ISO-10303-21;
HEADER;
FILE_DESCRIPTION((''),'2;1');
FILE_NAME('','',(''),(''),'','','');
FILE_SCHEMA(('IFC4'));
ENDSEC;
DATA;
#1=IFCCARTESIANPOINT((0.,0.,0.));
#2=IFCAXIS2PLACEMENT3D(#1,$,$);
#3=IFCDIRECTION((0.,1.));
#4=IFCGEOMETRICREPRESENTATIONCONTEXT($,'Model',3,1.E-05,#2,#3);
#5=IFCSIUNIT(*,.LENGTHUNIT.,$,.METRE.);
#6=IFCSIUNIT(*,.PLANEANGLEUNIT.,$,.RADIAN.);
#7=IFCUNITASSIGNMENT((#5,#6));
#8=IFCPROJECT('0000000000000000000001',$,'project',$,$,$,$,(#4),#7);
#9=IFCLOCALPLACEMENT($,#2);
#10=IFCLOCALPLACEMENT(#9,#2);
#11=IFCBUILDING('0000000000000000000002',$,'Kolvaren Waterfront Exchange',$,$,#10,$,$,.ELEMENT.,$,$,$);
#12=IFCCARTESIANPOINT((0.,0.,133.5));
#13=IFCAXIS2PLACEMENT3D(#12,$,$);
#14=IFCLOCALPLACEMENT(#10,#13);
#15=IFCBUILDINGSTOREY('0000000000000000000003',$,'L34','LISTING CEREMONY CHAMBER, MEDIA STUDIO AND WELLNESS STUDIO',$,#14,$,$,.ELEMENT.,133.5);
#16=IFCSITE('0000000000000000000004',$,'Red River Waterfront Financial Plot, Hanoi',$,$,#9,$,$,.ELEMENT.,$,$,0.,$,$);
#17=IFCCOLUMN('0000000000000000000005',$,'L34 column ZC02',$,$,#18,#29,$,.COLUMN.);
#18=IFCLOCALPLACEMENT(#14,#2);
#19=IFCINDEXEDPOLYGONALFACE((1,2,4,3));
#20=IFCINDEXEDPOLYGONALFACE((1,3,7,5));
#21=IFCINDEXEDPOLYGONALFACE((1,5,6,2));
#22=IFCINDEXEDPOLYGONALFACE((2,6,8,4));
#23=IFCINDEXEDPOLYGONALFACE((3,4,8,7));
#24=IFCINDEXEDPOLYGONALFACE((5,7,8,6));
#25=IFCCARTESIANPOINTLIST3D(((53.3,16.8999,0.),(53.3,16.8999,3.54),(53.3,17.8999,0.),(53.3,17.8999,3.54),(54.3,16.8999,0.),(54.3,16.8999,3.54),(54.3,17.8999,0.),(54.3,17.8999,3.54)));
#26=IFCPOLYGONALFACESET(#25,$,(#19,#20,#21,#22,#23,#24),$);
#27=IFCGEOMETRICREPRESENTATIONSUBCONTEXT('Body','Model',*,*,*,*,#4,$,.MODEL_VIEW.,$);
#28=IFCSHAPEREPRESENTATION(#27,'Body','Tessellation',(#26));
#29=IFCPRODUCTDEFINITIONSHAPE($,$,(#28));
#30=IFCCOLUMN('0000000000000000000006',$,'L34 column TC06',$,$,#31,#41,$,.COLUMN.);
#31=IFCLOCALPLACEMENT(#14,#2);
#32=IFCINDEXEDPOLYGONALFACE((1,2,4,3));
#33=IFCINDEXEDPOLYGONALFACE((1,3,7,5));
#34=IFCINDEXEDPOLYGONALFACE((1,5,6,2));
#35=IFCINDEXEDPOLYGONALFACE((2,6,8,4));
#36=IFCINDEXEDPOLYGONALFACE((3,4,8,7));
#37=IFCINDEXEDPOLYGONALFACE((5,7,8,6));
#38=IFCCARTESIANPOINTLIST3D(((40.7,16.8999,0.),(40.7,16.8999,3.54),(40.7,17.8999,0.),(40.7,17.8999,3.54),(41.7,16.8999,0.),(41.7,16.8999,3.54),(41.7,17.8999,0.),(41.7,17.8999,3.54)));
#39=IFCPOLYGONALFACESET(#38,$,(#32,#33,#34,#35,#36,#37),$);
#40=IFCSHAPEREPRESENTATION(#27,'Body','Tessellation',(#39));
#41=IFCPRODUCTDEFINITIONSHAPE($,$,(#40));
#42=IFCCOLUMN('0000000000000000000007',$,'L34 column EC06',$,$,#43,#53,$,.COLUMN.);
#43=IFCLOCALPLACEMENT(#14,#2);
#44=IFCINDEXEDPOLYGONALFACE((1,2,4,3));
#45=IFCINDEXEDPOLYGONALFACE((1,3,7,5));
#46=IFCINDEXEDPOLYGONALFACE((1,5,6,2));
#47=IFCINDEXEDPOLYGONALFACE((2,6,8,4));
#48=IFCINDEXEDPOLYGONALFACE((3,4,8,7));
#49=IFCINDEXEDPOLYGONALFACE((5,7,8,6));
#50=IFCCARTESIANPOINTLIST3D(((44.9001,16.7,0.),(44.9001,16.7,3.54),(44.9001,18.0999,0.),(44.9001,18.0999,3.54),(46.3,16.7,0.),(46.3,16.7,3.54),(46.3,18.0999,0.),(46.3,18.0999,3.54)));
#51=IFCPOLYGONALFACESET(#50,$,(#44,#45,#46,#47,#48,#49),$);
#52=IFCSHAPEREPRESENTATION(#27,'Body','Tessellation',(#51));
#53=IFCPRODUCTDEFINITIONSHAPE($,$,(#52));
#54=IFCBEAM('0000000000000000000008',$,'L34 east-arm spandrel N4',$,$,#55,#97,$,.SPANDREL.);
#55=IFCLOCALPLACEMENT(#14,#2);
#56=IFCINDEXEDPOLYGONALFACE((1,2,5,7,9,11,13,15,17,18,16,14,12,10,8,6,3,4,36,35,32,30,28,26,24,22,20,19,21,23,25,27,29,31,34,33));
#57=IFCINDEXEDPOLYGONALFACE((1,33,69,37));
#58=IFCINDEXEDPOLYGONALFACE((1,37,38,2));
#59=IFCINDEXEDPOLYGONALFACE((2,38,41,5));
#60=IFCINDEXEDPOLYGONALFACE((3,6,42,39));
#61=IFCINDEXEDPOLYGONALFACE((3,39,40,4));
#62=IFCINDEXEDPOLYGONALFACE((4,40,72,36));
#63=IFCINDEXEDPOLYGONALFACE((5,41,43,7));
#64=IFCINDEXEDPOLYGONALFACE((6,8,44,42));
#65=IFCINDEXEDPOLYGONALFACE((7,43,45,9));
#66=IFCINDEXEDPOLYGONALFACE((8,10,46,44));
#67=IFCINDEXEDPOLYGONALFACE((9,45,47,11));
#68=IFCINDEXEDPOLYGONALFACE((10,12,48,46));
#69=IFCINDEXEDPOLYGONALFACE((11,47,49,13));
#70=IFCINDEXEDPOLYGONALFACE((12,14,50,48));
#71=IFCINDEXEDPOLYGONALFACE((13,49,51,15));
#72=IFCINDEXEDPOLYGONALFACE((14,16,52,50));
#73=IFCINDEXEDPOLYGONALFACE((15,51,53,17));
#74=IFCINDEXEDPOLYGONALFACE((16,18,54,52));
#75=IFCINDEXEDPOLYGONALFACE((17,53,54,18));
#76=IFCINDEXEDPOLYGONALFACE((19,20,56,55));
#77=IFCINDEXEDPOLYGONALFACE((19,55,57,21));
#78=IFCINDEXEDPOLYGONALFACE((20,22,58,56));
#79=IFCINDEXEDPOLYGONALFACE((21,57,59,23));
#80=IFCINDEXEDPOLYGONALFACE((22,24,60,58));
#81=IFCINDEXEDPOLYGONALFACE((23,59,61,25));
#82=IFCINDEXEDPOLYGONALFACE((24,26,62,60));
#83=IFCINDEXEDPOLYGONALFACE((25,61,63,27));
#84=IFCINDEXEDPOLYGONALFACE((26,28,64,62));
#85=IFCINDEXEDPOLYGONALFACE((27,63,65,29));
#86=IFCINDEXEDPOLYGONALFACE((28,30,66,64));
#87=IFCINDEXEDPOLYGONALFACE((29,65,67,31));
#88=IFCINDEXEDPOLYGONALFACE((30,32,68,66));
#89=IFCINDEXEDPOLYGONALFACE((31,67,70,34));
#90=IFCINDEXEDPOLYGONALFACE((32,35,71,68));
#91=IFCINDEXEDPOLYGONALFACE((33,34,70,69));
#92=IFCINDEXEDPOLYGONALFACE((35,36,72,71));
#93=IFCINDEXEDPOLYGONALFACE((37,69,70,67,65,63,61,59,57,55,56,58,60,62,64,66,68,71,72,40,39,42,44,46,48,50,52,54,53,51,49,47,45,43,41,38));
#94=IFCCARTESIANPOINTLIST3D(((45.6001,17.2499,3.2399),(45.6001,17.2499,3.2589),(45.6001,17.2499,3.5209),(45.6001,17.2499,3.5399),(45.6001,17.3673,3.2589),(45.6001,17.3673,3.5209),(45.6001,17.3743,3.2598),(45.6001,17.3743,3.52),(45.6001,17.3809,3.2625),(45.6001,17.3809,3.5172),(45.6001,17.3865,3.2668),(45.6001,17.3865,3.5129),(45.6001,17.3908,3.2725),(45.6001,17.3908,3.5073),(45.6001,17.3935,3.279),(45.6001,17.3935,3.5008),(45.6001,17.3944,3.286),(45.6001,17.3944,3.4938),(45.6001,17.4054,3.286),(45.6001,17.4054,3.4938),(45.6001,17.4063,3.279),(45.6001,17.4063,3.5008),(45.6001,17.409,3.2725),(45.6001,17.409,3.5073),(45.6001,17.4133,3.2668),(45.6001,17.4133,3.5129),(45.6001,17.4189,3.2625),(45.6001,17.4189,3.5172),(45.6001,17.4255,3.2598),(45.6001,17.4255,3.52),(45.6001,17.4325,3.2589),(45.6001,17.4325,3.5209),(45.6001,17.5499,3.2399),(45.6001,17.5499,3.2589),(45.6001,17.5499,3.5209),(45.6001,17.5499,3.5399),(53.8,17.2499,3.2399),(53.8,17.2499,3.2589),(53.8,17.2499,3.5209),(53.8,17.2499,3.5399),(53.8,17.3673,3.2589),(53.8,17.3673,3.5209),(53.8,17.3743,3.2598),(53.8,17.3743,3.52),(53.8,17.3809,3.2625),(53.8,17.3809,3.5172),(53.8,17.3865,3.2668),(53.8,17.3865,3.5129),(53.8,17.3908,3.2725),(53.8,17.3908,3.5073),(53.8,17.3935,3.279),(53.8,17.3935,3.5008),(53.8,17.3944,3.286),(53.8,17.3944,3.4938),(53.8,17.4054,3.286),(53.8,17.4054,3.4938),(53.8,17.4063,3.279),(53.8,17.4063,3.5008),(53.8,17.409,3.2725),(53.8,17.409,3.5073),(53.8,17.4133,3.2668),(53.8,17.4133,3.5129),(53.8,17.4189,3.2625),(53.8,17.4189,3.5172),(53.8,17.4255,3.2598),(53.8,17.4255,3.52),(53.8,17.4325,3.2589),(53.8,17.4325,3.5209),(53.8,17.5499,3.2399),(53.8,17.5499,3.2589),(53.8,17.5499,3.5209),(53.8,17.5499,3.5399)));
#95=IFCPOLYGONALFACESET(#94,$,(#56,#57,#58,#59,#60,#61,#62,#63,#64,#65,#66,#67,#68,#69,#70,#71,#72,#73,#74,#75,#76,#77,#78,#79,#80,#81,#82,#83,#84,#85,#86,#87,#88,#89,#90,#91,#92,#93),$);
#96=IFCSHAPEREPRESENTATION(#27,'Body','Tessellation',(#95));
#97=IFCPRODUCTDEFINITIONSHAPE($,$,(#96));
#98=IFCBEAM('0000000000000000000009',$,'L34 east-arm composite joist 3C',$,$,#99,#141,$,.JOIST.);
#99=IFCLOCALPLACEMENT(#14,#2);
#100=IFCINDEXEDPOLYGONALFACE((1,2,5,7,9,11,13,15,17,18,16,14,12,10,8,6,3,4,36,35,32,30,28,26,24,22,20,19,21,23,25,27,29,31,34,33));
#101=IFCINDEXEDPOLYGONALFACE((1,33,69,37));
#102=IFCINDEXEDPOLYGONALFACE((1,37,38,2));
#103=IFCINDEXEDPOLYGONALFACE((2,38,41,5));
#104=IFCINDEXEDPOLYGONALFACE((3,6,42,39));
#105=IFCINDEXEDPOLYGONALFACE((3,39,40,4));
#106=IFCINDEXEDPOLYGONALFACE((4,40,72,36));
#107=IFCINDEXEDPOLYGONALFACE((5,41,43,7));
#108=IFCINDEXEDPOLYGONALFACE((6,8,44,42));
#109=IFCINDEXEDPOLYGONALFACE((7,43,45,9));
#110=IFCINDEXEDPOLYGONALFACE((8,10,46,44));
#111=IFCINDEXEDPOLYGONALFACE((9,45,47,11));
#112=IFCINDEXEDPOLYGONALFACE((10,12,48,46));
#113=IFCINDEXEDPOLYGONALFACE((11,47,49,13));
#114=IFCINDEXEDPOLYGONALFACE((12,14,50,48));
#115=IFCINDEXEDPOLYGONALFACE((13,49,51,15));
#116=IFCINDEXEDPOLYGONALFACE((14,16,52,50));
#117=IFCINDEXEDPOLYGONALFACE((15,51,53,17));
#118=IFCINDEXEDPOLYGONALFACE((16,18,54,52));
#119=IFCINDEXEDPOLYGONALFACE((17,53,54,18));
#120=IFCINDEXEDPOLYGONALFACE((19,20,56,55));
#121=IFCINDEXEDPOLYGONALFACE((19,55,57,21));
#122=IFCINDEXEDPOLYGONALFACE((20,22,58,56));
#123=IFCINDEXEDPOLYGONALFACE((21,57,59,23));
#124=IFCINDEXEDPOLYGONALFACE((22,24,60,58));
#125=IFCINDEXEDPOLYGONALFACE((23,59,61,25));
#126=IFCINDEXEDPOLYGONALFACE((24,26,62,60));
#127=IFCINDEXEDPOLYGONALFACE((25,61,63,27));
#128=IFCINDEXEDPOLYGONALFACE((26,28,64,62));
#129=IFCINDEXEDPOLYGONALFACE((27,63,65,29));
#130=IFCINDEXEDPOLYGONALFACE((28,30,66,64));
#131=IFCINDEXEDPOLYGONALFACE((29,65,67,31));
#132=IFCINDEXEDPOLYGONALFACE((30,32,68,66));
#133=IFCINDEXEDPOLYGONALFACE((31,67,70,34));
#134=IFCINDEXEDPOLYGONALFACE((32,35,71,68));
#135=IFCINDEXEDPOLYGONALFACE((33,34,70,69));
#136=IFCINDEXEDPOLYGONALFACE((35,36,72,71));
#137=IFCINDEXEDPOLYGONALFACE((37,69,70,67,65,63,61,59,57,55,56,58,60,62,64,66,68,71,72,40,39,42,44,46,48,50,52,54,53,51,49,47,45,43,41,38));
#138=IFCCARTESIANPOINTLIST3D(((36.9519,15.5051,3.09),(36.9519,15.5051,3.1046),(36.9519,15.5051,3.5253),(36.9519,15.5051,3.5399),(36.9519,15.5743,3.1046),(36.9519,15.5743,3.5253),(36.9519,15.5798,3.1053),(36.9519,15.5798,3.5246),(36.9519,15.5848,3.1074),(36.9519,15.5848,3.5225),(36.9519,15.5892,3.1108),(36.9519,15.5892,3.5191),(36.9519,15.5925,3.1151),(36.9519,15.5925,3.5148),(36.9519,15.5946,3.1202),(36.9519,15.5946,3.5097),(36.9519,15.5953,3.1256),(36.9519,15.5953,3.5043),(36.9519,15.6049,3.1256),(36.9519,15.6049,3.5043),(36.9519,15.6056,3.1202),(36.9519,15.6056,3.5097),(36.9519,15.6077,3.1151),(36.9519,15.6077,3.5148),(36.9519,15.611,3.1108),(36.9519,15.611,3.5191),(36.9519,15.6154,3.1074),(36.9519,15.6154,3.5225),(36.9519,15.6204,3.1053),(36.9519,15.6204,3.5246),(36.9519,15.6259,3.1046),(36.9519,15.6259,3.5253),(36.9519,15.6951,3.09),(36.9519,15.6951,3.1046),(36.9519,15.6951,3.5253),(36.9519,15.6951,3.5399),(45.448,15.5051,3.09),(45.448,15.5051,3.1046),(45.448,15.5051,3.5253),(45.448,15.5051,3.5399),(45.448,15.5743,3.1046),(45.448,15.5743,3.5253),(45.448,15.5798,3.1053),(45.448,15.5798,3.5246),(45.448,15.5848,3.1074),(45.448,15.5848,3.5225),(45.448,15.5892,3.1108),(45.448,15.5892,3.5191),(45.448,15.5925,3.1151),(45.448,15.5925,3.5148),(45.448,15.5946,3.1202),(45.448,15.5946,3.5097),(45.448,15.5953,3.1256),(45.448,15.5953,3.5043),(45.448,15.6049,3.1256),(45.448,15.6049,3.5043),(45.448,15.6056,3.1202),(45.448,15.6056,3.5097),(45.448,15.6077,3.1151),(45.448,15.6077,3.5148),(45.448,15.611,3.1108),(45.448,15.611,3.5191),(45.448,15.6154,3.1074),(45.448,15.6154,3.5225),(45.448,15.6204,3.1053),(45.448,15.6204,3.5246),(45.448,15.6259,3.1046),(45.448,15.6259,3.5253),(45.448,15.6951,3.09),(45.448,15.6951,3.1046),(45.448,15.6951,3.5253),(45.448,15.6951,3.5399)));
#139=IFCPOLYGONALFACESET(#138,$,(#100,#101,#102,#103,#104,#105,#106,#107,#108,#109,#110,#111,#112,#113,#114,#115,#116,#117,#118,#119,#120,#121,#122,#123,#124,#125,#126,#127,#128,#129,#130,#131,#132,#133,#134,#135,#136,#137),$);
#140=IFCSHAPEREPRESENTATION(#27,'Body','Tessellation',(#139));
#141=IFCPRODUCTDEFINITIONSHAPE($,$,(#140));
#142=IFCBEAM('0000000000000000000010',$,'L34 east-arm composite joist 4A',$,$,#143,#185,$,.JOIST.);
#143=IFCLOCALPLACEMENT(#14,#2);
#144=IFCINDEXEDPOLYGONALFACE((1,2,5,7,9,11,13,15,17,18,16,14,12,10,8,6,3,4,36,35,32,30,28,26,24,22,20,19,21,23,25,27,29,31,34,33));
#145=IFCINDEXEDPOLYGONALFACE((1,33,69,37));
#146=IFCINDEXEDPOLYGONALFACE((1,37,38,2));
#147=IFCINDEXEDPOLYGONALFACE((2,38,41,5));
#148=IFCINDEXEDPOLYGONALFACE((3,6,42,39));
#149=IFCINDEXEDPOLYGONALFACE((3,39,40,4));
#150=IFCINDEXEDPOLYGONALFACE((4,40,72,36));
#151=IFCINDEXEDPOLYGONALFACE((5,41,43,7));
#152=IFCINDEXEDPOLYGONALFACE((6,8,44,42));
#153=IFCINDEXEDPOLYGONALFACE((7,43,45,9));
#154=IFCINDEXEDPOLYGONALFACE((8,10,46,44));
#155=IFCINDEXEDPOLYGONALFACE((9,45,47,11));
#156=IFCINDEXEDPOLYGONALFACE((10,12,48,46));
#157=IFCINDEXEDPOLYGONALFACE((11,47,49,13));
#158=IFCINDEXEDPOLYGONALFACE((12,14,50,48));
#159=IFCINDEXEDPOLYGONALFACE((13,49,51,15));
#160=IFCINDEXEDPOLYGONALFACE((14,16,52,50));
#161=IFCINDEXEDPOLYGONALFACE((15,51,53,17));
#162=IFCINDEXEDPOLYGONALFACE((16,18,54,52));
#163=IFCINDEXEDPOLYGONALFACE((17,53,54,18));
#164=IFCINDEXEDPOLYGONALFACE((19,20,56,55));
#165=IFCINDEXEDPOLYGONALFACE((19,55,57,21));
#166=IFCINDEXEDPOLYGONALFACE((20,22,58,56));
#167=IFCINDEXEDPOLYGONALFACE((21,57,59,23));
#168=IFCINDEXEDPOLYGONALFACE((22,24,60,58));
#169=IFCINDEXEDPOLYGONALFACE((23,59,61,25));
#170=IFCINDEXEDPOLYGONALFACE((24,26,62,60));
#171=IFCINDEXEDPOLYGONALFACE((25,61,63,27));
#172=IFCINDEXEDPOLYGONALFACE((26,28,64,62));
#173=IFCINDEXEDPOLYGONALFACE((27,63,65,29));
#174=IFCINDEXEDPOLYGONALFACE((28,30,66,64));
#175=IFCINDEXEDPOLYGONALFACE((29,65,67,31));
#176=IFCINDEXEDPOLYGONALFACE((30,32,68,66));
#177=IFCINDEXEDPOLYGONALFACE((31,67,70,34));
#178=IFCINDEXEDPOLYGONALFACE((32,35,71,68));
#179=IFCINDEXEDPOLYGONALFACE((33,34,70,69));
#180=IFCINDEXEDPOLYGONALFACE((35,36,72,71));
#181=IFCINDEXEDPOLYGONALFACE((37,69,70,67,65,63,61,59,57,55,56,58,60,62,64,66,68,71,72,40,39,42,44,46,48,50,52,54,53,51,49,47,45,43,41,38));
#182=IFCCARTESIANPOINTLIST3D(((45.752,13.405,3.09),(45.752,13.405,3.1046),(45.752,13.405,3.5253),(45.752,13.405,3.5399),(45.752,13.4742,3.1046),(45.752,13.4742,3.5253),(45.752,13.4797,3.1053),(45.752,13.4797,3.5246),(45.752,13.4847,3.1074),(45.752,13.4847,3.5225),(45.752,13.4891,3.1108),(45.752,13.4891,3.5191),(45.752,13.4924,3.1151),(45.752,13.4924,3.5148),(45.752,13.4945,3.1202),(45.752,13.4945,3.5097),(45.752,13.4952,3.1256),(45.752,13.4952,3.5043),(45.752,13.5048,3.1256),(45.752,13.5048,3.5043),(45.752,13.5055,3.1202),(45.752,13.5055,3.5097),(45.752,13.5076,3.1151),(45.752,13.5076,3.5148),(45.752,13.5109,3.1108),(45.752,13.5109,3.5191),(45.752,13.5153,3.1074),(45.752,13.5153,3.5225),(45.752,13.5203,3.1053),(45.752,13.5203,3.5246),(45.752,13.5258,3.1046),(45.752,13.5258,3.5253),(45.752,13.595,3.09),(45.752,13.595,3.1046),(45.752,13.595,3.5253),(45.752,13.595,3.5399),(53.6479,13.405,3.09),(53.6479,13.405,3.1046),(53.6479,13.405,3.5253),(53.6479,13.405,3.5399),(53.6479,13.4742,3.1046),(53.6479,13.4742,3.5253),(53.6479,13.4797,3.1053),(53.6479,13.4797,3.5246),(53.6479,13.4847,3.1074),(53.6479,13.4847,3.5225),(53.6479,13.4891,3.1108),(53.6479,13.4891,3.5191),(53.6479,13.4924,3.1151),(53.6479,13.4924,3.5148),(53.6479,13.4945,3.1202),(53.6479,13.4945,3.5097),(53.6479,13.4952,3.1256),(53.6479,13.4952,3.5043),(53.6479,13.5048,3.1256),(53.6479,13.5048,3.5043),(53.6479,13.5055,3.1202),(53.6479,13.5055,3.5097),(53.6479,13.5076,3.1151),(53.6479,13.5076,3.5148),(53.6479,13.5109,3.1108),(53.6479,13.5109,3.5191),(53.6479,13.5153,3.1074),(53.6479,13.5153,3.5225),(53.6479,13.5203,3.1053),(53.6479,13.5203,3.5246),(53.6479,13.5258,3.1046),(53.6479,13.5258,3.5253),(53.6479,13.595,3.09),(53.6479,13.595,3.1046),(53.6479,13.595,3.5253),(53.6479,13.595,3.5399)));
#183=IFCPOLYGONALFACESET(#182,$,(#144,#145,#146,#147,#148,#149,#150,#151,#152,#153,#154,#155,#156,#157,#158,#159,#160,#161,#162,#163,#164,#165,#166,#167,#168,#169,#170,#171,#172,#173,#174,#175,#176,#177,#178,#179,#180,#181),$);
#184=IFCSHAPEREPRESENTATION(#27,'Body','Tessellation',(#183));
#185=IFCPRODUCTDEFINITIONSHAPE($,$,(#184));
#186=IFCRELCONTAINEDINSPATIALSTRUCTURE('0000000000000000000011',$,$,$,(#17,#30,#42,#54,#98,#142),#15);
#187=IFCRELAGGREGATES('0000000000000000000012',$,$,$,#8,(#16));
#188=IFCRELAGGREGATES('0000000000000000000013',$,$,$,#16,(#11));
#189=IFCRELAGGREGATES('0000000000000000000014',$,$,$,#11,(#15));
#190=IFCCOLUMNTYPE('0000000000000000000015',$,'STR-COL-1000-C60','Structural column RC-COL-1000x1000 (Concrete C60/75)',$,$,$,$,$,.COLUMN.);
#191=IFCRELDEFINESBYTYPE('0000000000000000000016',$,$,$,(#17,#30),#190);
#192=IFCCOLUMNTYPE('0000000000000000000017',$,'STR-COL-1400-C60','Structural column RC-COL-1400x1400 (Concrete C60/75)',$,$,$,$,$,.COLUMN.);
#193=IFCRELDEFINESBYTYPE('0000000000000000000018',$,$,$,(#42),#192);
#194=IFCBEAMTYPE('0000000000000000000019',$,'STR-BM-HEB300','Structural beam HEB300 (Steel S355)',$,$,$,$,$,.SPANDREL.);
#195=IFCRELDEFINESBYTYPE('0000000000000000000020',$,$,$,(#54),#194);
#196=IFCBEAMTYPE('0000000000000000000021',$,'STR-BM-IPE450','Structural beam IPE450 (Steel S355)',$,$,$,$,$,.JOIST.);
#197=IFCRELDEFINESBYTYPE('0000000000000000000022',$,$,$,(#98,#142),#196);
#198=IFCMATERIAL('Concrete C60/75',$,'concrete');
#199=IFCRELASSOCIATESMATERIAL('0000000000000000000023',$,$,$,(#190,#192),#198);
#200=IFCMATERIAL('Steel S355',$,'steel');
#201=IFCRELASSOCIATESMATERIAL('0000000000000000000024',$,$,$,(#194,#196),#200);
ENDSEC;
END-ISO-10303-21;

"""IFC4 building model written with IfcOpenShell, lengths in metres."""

from ifc_helpers import new_model, si_unit, direction, frame, origin, origin_2d, place, context, subcontext, project, spatial, rectangle, i_section, extrude, material, material_profile, profile_set, type_object, element, save


model = new_model("IFC4")

# Units and contexts
model_context = context("Model", 3, precision=1e-05, world=origin(), true_north=direction((0.0, 1.0)))
body_context = subcontext(model_context, "Body", "Model", "MODEL_VIEW")
ifc_project = project(units=[si_unit("LENGTHUNIT", "METRE"), si_unit("PLANEANGLEUNIT", "RADIAN")], contexts=[model_context])

# Site, building, storey
site_placement = place(None, origin())
site = spatial("IfcSite", under=ifc_project, at=site_placement, Name="Red River Waterfront Financial Plot, Hanoi", CompositionType="ELEMENT", RefElevation=0.0)
building_placement = place(site_placement, origin())
building = spatial("IfcBuilding", under=site, at=building_placement, Name="Kolvaren Waterfront Exchange", CompositionType="ELEMENT")
storey_placement = place(building_placement, frame((0.0, 0.0, 133.5)))
storey = spatial("IfcBuildingStorey", under=building, at=storey_placement, Name="L34", Description="LISTING CEREMONY CHAMBER, MEDIA STUDIO AND WELLNESS STUDIO", CompositionType="ELEMENT", Elevation=133.5)

# Columns
ifc_material_1 = material(Name="Concrete C60/75", Category="concrete")
ifc_material_profile_1 = material_profile(ifc_material_1, rectangle(XDim=1.0, YDim=1.0, at=origin_2d()), Name="RC-COL-1000x1000")
ifc_profile_set_1 = profile_set([ifc_material_profile_1], Name="Concrete C60/75")
column_type_1 = type_object("IfcColumnType", Name="STR-COL-1000-C60", Description="Structural column RC-COL-1000x1000 (Concrete C60/75)", PredefinedType="COLUMN", material=ifc_profile_set_1)
for number, where, z_axis, x_axis, name in (
    (1, (53.8, 17.3999, 0.0), (0.0, 0.0, 1.0), (1.0, 0.0, 0.0), "L34 column ZC02"),
    (2, (41.2, 17.3999, 0.0), (0.0, 0.0, 1.0), (1.0, 0.0, 0.0), "L34 column TC06"),
):
    element("IfcColumn", number, at=place(storey_placement, frame(where, z_axis=z_axis, x_axis=x_axis)), inside=storey, type_object=column_type_1, Name=name, PredefinedType="COLUMN", context=body_context, shape_type="SweptSolid", body=[
        extrude(rectangle(XDim=1.0, YDim=1.0, at=origin_2d()), origin(), (0.0, 0.0, 1.0), 3.54),
    ])
ifc_material_profile_2 = material_profile(ifc_material_1, rectangle(XDim=1.3999, YDim=1.3999, at=origin_2d()), Name="RC-COL-1400x1400")
ifc_profile_set_2 = profile_set([ifc_material_profile_2], Name="Concrete C60/75")
column_type_2 = type_object("IfcColumnType", Name="STR-COL-1400-C60", Description="Structural column RC-COL-1400x1400 (Concrete C60/75)", PredefinedType="COLUMN", material=ifc_profile_set_2)
column_placement = place(storey_placement, frame((45.6001, 17.3999, 0.0), z_axis=(0.0, 0.0, 1.0), x_axis=(1.0, 0.0, 0.0)))
element("IfcColumn", 3, at=column_placement, inside=storey, type_object=column_type_2, Name="L34 column EC06", PredefinedType="COLUMN", context=body_context, shape_type="SweptSolid", body=[
    extrude(rectangle(XDim=1.3999, YDim=1.3999, at=origin_2d()), origin(), (0.0, 0.0, 1.0), 3.54),
])

# Beams
ifc_material_2 = material(Name="Steel S355", Category="steel")
ifc_material_profile_3 = material_profile(ifc_material_2, i_section(OverallWidth=0.3, OverallDepth=0.3, WebThickness=0.011, FlangeThickness=0.019, FilletRadius=0.0271, at=origin_2d()), Name="HEB300")
ifc_profile_set_3 = profile_set([ifc_material_profile_3], Name="Steel S355")
beam_type_1 = type_object("IfcBeamType", Name="STR-BM-HEB300", Description="Structural beam HEB300 (Steel S355)", PredefinedType="SPANDREL", material=ifc_profile_set_3)
beam_1_placement = place(storey_placement, frame((45.6001, 17.3999, 3.3899), z_axis=(1.0, 0.0, 0.0), x_axis=(0.0, 1.0, 0.0)))
element("IfcBeam", 4, at=beam_1_placement, inside=storey, type_object=beam_type_1, Name="L34 east-arm spandrel N4", PredefinedType="SPANDREL", context=body_context, shape_type="SweptSolid", body=[
    extrude(i_section(OverallWidth=0.3, OverallDepth=0.3, WebThickness=0.011, FlangeThickness=0.019, FilletRadius=0.0271, at=origin_2d()), origin(), (0.0, 0.0, 1.0), 8.2),
])
ifc_material_profile_4 = material_profile(ifc_material_2, i_section(OverallWidth=0.1899, OverallDepth=0.45, WebThickness=0.0095, FlangeThickness=0.0146, FilletRadius=0.021, at=origin_2d()), Name="IPE450")
ifc_profile_set_4 = profile_set([ifc_material_profile_4], Name="Steel S355")
beam_type_2 = type_object("IfcBeamType", Name="STR-BM-IPE450", Description="Structural beam IPE450 (Steel S355)", PredefinedType="JOIST", material=ifc_profile_set_4)
beam_2_placement = place(storey_placement, frame((36.9519, 15.6001, 3.3149), z_axis=(1.0, 0.0, 0.0), x_axis=(0.0, 1.0, 0.0)))
element("IfcBeam", 5, at=beam_2_placement, inside=storey, type_object=beam_type_2, Name="L34 east-arm composite joist 3C", PredefinedType="JOIST", context=body_context, shape_type="SweptSolid", body=[
    extrude(i_section(OverallWidth=0.1899, OverallDepth=0.45, WebThickness=0.0095, FlangeThickness=0.0146, FilletRadius=0.021, at=origin_2d()), origin(), (0.0, 0.0, 1.0), 8.4961),
])
for number, where, z_axis, x_axis, name in (
    (6, (45.752, 13.5, 3.3149), (1.0, 0.0, 0.0), (0.0, 1.0, 0.0), "L34 east-arm composite joist 4A"),
):
    element("IfcBeam", number, at=place(storey_placement, frame(where, z_axis=z_axis, x_axis=x_axis)), inside=storey, type_object=beam_type_2, Name=name, PredefinedType="JOIST", context=body_context, shape_type="SweptSolid", body=[
        extrude(i_section(OverallWidth=0.1899, OverallDepth=0.45, WebThickness=0.0095, FlangeThickness=0.0146, FilletRadius=0.021, at=origin_2d()), origin(), (0.0, 0.0, 1.0), 7.896),
    ])

save(model, "model.ifc")
